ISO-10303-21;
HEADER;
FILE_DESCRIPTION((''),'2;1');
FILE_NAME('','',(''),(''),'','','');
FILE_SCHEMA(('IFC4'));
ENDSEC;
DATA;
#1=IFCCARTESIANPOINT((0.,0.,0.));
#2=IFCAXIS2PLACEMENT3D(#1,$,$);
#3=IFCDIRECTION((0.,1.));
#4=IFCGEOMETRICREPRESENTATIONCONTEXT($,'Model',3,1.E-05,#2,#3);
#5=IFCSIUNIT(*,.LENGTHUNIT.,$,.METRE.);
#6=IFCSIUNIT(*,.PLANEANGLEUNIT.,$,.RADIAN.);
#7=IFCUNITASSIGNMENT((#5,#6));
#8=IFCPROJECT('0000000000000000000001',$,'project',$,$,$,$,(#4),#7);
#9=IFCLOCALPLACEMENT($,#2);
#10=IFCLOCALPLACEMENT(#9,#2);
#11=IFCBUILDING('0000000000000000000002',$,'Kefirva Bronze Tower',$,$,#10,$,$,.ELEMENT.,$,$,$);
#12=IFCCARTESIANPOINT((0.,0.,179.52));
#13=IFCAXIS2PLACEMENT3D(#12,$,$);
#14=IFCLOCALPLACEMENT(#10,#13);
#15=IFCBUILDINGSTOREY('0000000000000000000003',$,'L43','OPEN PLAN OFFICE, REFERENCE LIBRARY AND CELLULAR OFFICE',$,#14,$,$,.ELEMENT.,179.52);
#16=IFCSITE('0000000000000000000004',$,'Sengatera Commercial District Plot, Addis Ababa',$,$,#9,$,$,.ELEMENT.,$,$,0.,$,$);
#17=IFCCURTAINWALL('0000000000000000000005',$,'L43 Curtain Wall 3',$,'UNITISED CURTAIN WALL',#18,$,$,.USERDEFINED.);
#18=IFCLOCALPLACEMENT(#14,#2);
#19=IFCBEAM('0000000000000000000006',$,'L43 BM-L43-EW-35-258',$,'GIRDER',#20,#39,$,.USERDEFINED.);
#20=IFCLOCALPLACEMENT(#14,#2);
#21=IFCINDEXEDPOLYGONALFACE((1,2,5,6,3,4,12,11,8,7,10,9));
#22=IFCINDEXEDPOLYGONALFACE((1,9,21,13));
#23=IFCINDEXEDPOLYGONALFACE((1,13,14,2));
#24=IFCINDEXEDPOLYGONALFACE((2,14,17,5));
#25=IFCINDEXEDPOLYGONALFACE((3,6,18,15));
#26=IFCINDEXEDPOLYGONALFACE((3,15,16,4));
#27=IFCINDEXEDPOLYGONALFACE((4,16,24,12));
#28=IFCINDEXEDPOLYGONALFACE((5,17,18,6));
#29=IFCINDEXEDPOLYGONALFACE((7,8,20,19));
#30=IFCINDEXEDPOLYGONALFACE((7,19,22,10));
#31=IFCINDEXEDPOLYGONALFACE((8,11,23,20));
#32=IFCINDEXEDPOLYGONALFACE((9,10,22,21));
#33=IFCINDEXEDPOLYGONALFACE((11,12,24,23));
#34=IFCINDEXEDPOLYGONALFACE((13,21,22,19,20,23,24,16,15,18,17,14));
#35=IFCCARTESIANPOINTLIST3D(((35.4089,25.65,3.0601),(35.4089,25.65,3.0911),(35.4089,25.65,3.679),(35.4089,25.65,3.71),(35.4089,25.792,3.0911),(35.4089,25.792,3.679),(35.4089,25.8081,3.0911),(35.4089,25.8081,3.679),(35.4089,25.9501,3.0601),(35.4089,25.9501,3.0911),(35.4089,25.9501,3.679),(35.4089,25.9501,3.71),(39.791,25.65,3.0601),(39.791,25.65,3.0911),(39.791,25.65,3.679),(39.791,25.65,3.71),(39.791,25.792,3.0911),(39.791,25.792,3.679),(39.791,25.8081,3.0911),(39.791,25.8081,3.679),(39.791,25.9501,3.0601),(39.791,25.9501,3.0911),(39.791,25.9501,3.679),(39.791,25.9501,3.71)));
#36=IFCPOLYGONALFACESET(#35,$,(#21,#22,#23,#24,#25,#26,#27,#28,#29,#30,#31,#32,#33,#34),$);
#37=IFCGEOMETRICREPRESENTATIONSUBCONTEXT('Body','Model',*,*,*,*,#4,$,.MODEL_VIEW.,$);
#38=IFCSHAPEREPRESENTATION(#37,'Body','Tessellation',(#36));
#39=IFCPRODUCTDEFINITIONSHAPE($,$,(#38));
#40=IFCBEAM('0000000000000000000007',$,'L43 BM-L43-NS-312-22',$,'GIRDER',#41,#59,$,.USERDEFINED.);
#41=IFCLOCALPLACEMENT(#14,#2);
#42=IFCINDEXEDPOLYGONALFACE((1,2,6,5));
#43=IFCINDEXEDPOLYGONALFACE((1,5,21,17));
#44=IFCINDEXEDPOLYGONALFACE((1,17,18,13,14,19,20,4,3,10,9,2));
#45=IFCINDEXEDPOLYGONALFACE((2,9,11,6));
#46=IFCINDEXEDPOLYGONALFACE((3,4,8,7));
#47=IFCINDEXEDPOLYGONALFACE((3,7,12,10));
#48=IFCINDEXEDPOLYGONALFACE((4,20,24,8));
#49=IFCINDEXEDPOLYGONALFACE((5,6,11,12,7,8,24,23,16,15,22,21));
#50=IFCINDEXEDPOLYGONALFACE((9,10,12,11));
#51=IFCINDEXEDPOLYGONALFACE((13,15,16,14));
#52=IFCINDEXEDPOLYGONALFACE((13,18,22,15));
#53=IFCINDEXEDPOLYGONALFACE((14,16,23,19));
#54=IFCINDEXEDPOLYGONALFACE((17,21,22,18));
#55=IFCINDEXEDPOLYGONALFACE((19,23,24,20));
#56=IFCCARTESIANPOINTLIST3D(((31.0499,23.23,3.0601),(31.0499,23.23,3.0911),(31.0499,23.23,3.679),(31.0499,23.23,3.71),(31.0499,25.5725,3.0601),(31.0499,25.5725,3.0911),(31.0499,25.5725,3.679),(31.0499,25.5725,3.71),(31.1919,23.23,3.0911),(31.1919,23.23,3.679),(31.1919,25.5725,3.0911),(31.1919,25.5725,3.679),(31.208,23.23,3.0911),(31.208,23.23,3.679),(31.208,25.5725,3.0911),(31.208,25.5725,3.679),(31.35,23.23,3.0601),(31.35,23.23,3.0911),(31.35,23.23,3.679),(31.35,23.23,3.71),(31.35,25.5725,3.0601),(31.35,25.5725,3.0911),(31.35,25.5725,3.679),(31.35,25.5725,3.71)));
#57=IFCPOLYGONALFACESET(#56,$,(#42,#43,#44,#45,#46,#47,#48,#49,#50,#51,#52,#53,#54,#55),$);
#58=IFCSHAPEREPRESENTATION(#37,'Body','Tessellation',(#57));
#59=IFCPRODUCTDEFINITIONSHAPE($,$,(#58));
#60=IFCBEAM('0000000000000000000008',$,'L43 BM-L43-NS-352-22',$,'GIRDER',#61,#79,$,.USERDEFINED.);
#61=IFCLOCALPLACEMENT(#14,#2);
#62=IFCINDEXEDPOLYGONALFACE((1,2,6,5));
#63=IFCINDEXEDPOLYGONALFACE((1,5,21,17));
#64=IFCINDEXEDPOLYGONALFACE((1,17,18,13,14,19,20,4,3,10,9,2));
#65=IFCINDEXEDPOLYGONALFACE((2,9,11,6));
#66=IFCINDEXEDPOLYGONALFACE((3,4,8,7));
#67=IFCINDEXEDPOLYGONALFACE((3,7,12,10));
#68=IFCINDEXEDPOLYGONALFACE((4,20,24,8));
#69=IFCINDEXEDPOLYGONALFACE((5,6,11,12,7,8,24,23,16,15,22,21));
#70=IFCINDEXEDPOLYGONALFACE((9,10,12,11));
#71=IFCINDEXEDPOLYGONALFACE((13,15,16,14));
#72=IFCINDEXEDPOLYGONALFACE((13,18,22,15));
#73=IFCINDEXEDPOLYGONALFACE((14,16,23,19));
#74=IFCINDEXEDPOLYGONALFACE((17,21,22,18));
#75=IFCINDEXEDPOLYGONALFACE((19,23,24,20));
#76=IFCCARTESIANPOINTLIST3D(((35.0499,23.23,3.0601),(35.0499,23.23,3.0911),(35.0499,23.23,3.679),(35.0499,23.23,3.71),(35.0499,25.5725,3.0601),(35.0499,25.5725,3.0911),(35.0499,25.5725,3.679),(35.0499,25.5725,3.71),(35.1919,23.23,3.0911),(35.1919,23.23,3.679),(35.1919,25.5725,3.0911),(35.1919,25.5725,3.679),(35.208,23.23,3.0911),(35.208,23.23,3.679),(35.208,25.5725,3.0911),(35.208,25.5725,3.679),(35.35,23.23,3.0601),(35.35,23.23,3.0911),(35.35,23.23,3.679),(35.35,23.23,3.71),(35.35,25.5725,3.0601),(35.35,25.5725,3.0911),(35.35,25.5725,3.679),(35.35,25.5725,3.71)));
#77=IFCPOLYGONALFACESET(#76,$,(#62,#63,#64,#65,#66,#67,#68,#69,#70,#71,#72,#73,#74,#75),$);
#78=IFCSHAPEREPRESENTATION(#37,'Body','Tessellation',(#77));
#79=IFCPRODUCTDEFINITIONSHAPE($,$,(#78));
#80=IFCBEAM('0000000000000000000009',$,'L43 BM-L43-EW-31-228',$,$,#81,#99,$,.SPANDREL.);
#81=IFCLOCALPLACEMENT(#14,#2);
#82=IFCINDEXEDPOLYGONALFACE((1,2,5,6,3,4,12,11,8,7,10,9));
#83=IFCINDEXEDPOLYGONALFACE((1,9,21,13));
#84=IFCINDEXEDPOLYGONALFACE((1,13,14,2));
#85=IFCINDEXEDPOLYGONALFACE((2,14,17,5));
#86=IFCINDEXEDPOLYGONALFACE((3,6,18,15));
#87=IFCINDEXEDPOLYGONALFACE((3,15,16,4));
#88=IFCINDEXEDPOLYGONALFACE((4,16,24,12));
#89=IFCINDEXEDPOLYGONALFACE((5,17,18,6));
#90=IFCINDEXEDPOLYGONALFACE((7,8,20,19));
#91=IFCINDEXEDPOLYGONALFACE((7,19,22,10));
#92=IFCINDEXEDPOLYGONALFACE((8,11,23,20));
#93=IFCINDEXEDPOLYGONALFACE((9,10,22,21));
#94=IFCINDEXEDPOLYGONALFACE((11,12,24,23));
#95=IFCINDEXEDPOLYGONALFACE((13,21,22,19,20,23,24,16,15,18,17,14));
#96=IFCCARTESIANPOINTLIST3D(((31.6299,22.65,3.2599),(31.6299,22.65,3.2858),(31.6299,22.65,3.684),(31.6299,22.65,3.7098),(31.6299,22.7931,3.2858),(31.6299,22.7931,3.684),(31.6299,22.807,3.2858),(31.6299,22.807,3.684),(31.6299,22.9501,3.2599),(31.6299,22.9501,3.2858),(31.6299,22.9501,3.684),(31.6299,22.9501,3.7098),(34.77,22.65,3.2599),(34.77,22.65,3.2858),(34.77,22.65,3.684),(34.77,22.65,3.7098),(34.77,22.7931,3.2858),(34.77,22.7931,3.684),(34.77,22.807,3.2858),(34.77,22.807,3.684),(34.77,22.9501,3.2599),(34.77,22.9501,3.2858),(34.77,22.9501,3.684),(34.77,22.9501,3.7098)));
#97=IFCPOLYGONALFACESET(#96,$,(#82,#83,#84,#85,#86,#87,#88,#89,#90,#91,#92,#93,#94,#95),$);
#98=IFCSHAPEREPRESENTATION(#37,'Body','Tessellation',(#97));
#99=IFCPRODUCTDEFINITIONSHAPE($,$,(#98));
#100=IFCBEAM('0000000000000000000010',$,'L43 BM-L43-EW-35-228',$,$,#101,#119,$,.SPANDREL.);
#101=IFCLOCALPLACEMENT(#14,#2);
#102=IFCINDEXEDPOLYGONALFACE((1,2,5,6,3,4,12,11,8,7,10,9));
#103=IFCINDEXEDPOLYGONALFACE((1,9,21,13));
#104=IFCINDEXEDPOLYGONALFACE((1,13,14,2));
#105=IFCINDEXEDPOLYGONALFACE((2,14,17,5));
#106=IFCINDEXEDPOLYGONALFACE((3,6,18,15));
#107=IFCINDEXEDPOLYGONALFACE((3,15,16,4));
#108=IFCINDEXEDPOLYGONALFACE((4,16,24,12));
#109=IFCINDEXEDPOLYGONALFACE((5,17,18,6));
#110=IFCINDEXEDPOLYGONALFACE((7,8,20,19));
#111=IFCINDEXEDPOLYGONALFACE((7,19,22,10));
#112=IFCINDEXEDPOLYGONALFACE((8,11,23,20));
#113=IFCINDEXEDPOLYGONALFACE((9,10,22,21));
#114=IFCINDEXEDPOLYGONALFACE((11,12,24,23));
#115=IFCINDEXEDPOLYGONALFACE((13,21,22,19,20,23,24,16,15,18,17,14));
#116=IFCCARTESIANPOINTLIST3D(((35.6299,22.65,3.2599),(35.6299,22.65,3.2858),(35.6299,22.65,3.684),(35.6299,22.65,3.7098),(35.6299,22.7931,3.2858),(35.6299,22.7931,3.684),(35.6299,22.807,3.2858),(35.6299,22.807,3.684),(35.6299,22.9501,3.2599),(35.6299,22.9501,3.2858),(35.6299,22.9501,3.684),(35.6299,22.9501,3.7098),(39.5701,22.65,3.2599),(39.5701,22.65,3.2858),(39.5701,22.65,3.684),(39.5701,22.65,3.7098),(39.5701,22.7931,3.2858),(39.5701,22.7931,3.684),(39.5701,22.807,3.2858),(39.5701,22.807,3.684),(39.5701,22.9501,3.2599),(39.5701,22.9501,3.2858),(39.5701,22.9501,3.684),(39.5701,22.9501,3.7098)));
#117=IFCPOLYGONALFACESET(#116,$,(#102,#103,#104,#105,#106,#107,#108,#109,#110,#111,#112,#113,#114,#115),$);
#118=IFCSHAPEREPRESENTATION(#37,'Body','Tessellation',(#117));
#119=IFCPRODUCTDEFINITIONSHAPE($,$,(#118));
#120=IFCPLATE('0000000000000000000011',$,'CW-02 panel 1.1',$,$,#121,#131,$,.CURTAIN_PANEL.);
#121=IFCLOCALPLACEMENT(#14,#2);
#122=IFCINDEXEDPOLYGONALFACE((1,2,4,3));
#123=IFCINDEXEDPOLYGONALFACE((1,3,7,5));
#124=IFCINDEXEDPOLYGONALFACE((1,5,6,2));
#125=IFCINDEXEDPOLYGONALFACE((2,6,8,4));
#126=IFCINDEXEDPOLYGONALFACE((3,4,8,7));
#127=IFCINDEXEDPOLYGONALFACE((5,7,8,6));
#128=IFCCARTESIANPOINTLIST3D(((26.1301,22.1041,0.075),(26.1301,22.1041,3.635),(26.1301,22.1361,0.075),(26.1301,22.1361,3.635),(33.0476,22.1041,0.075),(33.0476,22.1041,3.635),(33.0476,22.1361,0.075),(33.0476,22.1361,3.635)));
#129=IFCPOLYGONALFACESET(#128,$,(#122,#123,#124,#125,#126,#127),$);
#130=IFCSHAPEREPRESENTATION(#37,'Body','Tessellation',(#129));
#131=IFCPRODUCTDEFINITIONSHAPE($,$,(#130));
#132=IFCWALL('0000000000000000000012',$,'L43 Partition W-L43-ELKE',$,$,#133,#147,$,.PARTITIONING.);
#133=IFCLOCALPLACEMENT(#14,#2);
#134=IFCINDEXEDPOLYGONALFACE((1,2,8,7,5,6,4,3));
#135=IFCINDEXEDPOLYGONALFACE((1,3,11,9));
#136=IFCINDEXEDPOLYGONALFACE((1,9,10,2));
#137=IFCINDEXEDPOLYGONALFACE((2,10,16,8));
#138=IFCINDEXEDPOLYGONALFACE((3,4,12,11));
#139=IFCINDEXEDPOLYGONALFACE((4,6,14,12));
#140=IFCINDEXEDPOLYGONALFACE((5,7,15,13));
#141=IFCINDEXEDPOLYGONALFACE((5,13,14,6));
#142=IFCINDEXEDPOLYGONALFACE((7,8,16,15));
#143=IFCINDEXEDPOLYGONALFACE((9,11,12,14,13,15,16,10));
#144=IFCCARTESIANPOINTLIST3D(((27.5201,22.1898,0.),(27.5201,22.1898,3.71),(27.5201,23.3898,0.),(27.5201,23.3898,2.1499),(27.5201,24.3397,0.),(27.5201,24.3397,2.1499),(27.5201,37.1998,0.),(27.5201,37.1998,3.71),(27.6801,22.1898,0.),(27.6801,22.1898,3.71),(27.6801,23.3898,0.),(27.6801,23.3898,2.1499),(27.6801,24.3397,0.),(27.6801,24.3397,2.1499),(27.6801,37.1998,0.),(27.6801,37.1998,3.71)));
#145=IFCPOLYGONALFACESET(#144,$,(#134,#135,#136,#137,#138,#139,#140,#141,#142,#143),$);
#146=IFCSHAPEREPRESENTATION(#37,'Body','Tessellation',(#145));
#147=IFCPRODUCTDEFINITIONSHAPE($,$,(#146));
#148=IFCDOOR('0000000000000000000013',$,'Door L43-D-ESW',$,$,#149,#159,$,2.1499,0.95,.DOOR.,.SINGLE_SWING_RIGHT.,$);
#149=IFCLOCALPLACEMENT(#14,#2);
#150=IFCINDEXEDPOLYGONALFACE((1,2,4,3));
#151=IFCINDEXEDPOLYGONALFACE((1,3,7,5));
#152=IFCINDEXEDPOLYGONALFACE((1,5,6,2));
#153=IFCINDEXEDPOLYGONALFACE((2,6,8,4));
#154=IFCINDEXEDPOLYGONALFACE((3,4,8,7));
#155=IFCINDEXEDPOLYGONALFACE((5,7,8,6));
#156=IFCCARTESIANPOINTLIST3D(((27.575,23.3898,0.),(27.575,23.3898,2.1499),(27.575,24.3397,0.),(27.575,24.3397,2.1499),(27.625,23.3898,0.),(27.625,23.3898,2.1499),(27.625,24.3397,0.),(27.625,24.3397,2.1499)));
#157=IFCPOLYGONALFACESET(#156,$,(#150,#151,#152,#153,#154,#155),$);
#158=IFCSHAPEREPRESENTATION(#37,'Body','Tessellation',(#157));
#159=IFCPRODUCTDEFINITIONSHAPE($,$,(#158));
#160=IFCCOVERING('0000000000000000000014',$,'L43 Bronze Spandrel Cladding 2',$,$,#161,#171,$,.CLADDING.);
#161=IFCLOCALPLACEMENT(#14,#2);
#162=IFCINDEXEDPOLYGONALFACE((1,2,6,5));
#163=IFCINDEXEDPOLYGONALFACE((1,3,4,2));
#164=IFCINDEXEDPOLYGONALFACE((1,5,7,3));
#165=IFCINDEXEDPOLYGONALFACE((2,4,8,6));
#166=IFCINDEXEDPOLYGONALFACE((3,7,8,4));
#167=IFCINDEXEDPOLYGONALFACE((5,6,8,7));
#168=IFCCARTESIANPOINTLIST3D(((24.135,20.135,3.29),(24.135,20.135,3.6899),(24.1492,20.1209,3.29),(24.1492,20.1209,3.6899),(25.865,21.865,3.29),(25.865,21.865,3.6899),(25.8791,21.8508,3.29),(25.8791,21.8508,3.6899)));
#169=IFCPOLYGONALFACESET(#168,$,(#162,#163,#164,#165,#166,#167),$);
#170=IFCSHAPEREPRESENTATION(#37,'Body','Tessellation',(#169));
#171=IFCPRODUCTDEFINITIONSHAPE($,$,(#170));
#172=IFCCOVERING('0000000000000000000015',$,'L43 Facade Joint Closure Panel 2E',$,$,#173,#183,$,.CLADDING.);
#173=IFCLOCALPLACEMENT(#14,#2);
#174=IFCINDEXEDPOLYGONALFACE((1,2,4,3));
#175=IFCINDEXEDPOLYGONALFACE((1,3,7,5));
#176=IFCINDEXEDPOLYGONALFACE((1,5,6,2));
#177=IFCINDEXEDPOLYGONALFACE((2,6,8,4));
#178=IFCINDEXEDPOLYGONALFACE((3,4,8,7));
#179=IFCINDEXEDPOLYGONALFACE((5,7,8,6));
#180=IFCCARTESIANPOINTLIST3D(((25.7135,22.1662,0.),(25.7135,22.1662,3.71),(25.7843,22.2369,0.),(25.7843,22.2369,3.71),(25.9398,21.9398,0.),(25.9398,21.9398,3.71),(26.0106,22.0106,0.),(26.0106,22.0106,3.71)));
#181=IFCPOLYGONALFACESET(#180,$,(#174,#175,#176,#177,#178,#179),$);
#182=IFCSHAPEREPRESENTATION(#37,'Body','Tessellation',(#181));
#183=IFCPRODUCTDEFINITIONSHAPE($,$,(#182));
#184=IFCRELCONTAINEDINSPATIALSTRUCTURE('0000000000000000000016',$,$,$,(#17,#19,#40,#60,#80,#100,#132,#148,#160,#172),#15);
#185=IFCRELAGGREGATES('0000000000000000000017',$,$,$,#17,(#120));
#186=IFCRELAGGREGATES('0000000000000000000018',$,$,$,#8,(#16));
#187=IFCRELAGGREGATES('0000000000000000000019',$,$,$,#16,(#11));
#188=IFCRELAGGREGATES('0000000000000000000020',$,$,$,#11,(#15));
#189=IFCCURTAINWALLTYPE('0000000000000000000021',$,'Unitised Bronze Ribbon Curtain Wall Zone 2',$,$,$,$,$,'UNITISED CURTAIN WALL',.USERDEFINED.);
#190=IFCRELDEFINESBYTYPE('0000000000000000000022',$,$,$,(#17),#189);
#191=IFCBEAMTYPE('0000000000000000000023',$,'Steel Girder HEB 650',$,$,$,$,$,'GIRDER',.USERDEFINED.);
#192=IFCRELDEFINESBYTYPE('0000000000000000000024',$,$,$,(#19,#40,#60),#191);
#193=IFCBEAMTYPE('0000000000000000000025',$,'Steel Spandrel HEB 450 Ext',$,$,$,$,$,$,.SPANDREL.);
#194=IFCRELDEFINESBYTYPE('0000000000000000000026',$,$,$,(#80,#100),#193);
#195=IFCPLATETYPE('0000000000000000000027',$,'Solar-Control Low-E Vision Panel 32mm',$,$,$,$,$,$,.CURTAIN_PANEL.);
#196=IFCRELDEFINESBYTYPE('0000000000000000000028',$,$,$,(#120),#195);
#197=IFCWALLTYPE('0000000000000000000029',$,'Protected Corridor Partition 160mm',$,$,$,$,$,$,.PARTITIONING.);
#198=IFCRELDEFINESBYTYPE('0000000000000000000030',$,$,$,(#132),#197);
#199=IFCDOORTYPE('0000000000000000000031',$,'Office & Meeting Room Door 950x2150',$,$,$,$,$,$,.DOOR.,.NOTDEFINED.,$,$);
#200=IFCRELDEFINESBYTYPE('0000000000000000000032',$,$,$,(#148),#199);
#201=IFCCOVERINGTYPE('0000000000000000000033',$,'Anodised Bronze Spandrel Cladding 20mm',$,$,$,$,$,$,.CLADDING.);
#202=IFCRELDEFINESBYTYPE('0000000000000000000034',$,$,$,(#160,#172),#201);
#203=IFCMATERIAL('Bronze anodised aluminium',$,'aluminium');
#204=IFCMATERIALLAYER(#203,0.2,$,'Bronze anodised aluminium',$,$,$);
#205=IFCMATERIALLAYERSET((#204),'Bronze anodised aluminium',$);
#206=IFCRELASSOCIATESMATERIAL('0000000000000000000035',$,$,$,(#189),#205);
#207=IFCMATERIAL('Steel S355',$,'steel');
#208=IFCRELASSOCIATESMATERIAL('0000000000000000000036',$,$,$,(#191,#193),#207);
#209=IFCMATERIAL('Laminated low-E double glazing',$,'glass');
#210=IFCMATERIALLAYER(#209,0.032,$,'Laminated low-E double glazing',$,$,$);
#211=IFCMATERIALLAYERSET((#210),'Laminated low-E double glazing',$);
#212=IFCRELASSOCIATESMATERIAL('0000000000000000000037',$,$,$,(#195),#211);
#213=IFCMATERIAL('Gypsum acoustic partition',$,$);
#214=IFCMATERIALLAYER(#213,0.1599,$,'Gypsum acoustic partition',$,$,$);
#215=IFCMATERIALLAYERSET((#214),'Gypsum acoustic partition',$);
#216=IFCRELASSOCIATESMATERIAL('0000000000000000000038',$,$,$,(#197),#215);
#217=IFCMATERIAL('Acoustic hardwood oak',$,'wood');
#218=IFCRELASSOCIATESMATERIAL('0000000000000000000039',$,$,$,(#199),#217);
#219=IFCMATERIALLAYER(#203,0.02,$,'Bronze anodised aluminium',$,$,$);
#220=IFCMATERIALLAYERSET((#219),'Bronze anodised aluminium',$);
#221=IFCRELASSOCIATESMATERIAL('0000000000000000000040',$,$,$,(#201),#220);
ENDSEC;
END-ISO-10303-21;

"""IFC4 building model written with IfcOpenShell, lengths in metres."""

from ifc_helpers import new_model, si_unit, direction, frame, frame_2d, origin, origin_2d, place, context, subcontext, project, spatial, rectangle, i_section, extrude, material, layer, layer_set, material_profile, profile_set, type_object, element, fill, aggregate, save


model = new_model("IFC4")

# Units and contexts
model_context = context("Model", 3, precision=1e-05, world=origin(), true_north=direction((0.0, 1.0)))
body_context = subcontext(model_context, "Body", "Model", "MODEL_VIEW")
ifc_project = project(units=[si_unit("LENGTHUNIT", "METRE"), si_unit("PLANEANGLEUNIT", "RADIAN")], contexts=[model_context])

# Site, building, storey
site_placement = place(None, origin())
site = spatial("IfcSite", under=ifc_project, at=site_placement, Name="Sengatera Commercial District Plot, Addis Ababa", CompositionType="ELEMENT", RefElevation=0.0)
building_placement = place(site_placement, origin())
building = spatial("IfcBuilding", under=site, at=building_placement, Name="Kefirva Bronze Tower", CompositionType="ELEMENT")
storey_placement = place(building_placement, frame((0.0, 0.0, 179.52)))
storey = spatial("IfcBuildingStorey", under=building, at=storey_placement, Name="L43", Description="OPEN PLAN OFFICE, REFERENCE LIBRARY AND CELLULAR OFFICE", CompositionType="ELEMENT", Elevation=179.52)

# Curtain wall
ifc_material_1 = material(Name="Bronze anodised aluminium", Category="aluminium")
ifc_layer_1 = layer(ifc_material_1, 0.2, Name="Bronze anodised aluminium")
ifc_layer_set_1 = layer_set([ifc_layer_1], Name="Bronze anodised aluminium")
curtain_wall_type = type_object("IfcCurtainWallType", Name="Unitised Bronze Ribbon Curtain Wall Zone 2", ElementType="UNITISED CURTAIN WALL", PredefinedType="USERDEFINED", material=ifc_layer_set_1)
curtain_wall_placement = place(storey_placement, origin())
curtain_wall = element("IfcCurtainWall", 1, at=curtain_wall_placement, inside=storey, type_object=curtain_wall_type, Name="L43 Curtain Wall 3", ObjectType="UNITISED CURTAIN WALL", PredefinedType="USERDEFINED")

# Beams
ifc_material_2 = material(Name="Steel S355", Category="steel")
ifc_material_profile_1 = material_profile(ifc_material_2, i_section(OverallWidth=0.3, OverallDepth=0.6499, WebThickness=0.0161, FlangeThickness=0.031, at=origin_2d()), Name="HEB 650")
ifc_profile_set_1 = profile_set([ifc_material_profile_1], Name="Steel S355")
beam_type_1 = type_object("IfcBeamType", Name="Steel Girder HEB 650", ElementType="GIRDER", PredefinedType="USERDEFINED", material=ifc_profile_set_1)
beam_1_placement = place(storey_placement, frame((35.4089, 25.8, 3.385), z_axis=(1.0, 0.0, 0.0), x_axis=(0.0, 1.0, 0.0)))
element("IfcBeam", 2, at=beam_1_placement, inside=storey, type_object=beam_type_1, Name="L43 BM-L43-EW-35-258", ObjectType="GIRDER", PredefinedType="USERDEFINED", context=body_context, shape_type="SweptSolid", body=[
    extrude(i_section(OverallWidth=0.3, OverallDepth=0.6499, WebThickness=0.0161, FlangeThickness=0.031, at=origin_2d()), origin(), (0.0, 0.0, 1.0), 4.3821),
])
for number, where, z_axis, x_axis, name in (
    (3, (31.2, 23.23, 3.385), (0.0, 1.0, 0.0), (-1.0, 0.0, 0.0), "L43 BM-L43-NS-312-22"),
    (4, (35.2, 23.23, 3.385), (0.0, 1.0, 0.0), (-1.0, 0.0, 0.0), "L43 BM-L43-NS-352-22"),
):
    element("IfcBeam", number, at=place(storey_placement, frame(where, z_axis=z_axis, x_axis=x_axis)), inside=storey, type_object=beam_type_1, Name=name, ObjectType="GIRDER", PredefinedType="USERDEFINED", context=body_context, shape_type="SweptSolid", body=[
        extrude(i_section(OverallWidth=0.3, OverallDepth=0.6499, WebThickness=0.0161, FlangeThickness=0.031, at=origin_2d()), origin(), (0.0, 0.0, 1.0), 2.3425),
    ])
ifc_material_profile_2 = material_profile(ifc_material_2, i_section(OverallWidth=0.3, OverallDepth=0.45, WebThickness=0.0139, FlangeThickness=0.0259, at=origin_2d()), Name="HEB 450")
ifc_profile_set_2 = profile_set([ifc_material_profile_2], Name="Steel S355")
beam_type_2 = type_object("IfcBeamType", Name="Steel Spandrel HEB 450 Ext", PredefinedType="SPANDREL", material=ifc_profile_set_2)
beam_2_placement = place(storey_placement, frame((31.6299, 22.8, 3.4849), z_axis=(1.0, 0.0, 0.0), x_axis=(0.0, 1.0, 0.0)))
element("IfcBeam", 5, at=beam_2_placement, inside=storey, type_object=beam_type_2, Name="L43 BM-L43-EW-31-228", PredefinedType="SPANDREL", context=body_context, shape_type="SweptSolid", body=[
    extrude(i_section(OverallWidth=0.3, OverallDepth=0.45, WebThickness=0.0139, FlangeThickness=0.0259, at=origin_2d()), origin(), (0.0, 0.0, 1.0), 3.1401),
])
beam_3_placement = place(storey_placement, frame((35.6299, 22.8, 3.4849), z_axis=(1.0, 0.0, 0.0), x_axis=(0.0, 1.0, 0.0)))
element("IfcBeam", 6, at=beam_3_placement, inside=storey, type_object=beam_type_2, Name="L43 BM-L43-EW-35-228", PredefinedType="SPANDREL", context=body_context, shape_type="SweptSolid", body=[
    extrude(i_section(OverallWidth=0.3, OverallDepth=0.45, WebThickness=0.0139, FlangeThickness=0.0259, at=origin_2d()), origin(), (0.0, 0.0, 1.0), 3.9402),
])

# Plate
ifc_material_3 = material(Name="Laminated low-E double glazing", Category="glass")
ifc_layer_2 = layer(ifc_material_3, 0.032, Name="Laminated low-E double glazing")
ifc_layer_set_2 = layer_set([ifc_layer_2], Name="Laminated low-E double glazing")
plate_type = type_object("IfcPlateType", Name="Solar-Control Low-E Vision Panel 32mm", PredefinedType="CURTAIN_PANEL", material=ifc_layer_set_2)
plate_placement = place(storey_placement, frame((29.5889, 22.1201, 0.075), z_axis=(0.0, 0.0, 1.0), x_axis=(1.0, 0.0, 0.0)))
plate = element("IfcPlate", 7, at=plate_placement, type_object=plate_type, Name="CW-02 panel 1.1", PredefinedType="CURTAIN_PANEL", context=body_context, shape_type="SweptSolid", body=[
    extrude(rectangle(XDim=6.9175, YDim=0.032, at=origin_2d()), origin(), (0.0, 0.0, 1.0), 3.5601),
])
aggregate(curtain_wall, [plate])

# Wall, opening, door
ifc_material_4 = material(Name="Gypsum acoustic partition")
ifc_layer_3 = layer(ifc_material_4, 0.1599, Name="Gypsum acoustic partition")
ifc_layer_set_3 = layer_set([ifc_layer_3], Name="Gypsum acoustic partition")
wall_type = type_object("IfcWallType", Name="Protected Corridor Partition 160mm", PredefinedType="PARTITIONING", material=ifc_layer_set_3)
wall_placement = place(storey_placement, frame((27.6001, 22.1899, 0.0), z_axis=(0.0, 0.0, 1.0), x_axis=(0.0, 1.0, 0.0)))
wall = element("IfcWall", 8, at=wall_placement, inside=storey, type_object=wall_type, Name="L43 Partition W-L43-ELKE", PredefinedType="PARTITIONING", context=body_context, shape_type="SweptSolid", body=[
    extrude(rectangle(XDim=15.01, YDim=0.1599, at=frame_2d((7.5049, 0.0))), origin(), (0.0, 0.0, 1.0), 3.71),
])
opening_placement = place(wall_placement, frame((2.1499, 0.0, 0.0), z_axis=(0.0, 0.0, 1.0), x_axis=(-1.0, 0.0, 0.0)))
opening = element("IfcOpeningElement", 9, at=opening_placement, cuts=wall, PredefinedType="OPENING", context=body_context, shape_type="SweptSolid", body=[
    extrude(rectangle(XDim=0.95, YDim=2.1499, at=frame_2d((0.4751, 1.075))), frame((0.0, 0.0898, 0.0), z_axis=(0.0, -1.0, 0.0), x_axis=(1.0, 0.0, 0.0)), (0.0, 0.0, 1.0), 0.1799),
])
ifc_material_5 = material(Name="Acoustic hardwood oak", Category="wood")
door_type = type_object("IfcDoorType", Name="Office & Meeting Room Door 950x2150", OperationType="NOTDEFINED", PredefinedType="DOOR", material=ifc_material_5)
door_placement = place(opening_placement, origin())
door = element("IfcDoor", 10, at=door_placement, inside=storey, type_object=door_type, Name="Door L43-D-ESW", OperationType="SINGLE_SWING_RIGHT", OverallHeight=2.1499, OverallWidth=0.95, PredefinedType="DOOR", context=body_context, shape_type="SweptSolid", body=[
    extrude(rectangle(XDim=0.95, YDim=2.1499, at=frame_2d((0.4751, 1.075))), frame((0.0, 0.0249, 0.0), z_axis=(0.0, -1.0, 0.0), x_axis=(1.0, 0.0, 0.0)), (0.0, 0.0, 1.0), 0.05),
])
fill(opening, door)

# Coverings
ifc_layer_4 = layer(ifc_material_1, 0.02, Name="Bronze anodised aluminium")
ifc_layer_set_4 = layer_set([ifc_layer_4], Name="Bronze anodised aluminium")
covering_type_1 = type_object("IfcCoveringType", Name="Anodised Bronze Spandrel Cladding 20mm", PredefinedType="CLADDING", material=ifc_layer_set_4)
covering_1_placement = place(storey_placement, frame((25.0071, 20.9929, 3.29), z_axis=(0.0, 0.0, 1.0), x_axis=(0.707107, 0.707107, 0.0)))
element("IfcCovering", 11, at=covering_1_placement, inside=storey, type_object=covering_type_1, Name="L43 Bronze Spandrel Cladding 2", PredefinedType="CLADDING", context=body_context, shape_type="SweptSolid", body=[
    extrude(rectangle(XDim=2.4465, YDim=0.02, at=origin_2d()), origin(), (0.0, 0.0, 1.0), 0.3999),
])
covering_2_placement = place(storey_placement, frame((25.8621, 22.0884, 0.0), z_axis=(0.0, 0.0, 1.0), x_axis=(0.707107, 0.707107, 0.0)))
element("IfcCovering", 12, at=covering_2_placement, inside=storey, type_object=covering_type_1, Name="L43 Facade Joint Closure Panel 2E", PredefinedType="CLADDING", context=body_context, shape_type="SweptSolid", body=[
    extrude(rectangle(XDim=0.1001, YDim=0.3201, at=origin_2d()), origin(), (0.0, 0.0, 1.0), 3.71),
])

save(model, "model.ifc")
